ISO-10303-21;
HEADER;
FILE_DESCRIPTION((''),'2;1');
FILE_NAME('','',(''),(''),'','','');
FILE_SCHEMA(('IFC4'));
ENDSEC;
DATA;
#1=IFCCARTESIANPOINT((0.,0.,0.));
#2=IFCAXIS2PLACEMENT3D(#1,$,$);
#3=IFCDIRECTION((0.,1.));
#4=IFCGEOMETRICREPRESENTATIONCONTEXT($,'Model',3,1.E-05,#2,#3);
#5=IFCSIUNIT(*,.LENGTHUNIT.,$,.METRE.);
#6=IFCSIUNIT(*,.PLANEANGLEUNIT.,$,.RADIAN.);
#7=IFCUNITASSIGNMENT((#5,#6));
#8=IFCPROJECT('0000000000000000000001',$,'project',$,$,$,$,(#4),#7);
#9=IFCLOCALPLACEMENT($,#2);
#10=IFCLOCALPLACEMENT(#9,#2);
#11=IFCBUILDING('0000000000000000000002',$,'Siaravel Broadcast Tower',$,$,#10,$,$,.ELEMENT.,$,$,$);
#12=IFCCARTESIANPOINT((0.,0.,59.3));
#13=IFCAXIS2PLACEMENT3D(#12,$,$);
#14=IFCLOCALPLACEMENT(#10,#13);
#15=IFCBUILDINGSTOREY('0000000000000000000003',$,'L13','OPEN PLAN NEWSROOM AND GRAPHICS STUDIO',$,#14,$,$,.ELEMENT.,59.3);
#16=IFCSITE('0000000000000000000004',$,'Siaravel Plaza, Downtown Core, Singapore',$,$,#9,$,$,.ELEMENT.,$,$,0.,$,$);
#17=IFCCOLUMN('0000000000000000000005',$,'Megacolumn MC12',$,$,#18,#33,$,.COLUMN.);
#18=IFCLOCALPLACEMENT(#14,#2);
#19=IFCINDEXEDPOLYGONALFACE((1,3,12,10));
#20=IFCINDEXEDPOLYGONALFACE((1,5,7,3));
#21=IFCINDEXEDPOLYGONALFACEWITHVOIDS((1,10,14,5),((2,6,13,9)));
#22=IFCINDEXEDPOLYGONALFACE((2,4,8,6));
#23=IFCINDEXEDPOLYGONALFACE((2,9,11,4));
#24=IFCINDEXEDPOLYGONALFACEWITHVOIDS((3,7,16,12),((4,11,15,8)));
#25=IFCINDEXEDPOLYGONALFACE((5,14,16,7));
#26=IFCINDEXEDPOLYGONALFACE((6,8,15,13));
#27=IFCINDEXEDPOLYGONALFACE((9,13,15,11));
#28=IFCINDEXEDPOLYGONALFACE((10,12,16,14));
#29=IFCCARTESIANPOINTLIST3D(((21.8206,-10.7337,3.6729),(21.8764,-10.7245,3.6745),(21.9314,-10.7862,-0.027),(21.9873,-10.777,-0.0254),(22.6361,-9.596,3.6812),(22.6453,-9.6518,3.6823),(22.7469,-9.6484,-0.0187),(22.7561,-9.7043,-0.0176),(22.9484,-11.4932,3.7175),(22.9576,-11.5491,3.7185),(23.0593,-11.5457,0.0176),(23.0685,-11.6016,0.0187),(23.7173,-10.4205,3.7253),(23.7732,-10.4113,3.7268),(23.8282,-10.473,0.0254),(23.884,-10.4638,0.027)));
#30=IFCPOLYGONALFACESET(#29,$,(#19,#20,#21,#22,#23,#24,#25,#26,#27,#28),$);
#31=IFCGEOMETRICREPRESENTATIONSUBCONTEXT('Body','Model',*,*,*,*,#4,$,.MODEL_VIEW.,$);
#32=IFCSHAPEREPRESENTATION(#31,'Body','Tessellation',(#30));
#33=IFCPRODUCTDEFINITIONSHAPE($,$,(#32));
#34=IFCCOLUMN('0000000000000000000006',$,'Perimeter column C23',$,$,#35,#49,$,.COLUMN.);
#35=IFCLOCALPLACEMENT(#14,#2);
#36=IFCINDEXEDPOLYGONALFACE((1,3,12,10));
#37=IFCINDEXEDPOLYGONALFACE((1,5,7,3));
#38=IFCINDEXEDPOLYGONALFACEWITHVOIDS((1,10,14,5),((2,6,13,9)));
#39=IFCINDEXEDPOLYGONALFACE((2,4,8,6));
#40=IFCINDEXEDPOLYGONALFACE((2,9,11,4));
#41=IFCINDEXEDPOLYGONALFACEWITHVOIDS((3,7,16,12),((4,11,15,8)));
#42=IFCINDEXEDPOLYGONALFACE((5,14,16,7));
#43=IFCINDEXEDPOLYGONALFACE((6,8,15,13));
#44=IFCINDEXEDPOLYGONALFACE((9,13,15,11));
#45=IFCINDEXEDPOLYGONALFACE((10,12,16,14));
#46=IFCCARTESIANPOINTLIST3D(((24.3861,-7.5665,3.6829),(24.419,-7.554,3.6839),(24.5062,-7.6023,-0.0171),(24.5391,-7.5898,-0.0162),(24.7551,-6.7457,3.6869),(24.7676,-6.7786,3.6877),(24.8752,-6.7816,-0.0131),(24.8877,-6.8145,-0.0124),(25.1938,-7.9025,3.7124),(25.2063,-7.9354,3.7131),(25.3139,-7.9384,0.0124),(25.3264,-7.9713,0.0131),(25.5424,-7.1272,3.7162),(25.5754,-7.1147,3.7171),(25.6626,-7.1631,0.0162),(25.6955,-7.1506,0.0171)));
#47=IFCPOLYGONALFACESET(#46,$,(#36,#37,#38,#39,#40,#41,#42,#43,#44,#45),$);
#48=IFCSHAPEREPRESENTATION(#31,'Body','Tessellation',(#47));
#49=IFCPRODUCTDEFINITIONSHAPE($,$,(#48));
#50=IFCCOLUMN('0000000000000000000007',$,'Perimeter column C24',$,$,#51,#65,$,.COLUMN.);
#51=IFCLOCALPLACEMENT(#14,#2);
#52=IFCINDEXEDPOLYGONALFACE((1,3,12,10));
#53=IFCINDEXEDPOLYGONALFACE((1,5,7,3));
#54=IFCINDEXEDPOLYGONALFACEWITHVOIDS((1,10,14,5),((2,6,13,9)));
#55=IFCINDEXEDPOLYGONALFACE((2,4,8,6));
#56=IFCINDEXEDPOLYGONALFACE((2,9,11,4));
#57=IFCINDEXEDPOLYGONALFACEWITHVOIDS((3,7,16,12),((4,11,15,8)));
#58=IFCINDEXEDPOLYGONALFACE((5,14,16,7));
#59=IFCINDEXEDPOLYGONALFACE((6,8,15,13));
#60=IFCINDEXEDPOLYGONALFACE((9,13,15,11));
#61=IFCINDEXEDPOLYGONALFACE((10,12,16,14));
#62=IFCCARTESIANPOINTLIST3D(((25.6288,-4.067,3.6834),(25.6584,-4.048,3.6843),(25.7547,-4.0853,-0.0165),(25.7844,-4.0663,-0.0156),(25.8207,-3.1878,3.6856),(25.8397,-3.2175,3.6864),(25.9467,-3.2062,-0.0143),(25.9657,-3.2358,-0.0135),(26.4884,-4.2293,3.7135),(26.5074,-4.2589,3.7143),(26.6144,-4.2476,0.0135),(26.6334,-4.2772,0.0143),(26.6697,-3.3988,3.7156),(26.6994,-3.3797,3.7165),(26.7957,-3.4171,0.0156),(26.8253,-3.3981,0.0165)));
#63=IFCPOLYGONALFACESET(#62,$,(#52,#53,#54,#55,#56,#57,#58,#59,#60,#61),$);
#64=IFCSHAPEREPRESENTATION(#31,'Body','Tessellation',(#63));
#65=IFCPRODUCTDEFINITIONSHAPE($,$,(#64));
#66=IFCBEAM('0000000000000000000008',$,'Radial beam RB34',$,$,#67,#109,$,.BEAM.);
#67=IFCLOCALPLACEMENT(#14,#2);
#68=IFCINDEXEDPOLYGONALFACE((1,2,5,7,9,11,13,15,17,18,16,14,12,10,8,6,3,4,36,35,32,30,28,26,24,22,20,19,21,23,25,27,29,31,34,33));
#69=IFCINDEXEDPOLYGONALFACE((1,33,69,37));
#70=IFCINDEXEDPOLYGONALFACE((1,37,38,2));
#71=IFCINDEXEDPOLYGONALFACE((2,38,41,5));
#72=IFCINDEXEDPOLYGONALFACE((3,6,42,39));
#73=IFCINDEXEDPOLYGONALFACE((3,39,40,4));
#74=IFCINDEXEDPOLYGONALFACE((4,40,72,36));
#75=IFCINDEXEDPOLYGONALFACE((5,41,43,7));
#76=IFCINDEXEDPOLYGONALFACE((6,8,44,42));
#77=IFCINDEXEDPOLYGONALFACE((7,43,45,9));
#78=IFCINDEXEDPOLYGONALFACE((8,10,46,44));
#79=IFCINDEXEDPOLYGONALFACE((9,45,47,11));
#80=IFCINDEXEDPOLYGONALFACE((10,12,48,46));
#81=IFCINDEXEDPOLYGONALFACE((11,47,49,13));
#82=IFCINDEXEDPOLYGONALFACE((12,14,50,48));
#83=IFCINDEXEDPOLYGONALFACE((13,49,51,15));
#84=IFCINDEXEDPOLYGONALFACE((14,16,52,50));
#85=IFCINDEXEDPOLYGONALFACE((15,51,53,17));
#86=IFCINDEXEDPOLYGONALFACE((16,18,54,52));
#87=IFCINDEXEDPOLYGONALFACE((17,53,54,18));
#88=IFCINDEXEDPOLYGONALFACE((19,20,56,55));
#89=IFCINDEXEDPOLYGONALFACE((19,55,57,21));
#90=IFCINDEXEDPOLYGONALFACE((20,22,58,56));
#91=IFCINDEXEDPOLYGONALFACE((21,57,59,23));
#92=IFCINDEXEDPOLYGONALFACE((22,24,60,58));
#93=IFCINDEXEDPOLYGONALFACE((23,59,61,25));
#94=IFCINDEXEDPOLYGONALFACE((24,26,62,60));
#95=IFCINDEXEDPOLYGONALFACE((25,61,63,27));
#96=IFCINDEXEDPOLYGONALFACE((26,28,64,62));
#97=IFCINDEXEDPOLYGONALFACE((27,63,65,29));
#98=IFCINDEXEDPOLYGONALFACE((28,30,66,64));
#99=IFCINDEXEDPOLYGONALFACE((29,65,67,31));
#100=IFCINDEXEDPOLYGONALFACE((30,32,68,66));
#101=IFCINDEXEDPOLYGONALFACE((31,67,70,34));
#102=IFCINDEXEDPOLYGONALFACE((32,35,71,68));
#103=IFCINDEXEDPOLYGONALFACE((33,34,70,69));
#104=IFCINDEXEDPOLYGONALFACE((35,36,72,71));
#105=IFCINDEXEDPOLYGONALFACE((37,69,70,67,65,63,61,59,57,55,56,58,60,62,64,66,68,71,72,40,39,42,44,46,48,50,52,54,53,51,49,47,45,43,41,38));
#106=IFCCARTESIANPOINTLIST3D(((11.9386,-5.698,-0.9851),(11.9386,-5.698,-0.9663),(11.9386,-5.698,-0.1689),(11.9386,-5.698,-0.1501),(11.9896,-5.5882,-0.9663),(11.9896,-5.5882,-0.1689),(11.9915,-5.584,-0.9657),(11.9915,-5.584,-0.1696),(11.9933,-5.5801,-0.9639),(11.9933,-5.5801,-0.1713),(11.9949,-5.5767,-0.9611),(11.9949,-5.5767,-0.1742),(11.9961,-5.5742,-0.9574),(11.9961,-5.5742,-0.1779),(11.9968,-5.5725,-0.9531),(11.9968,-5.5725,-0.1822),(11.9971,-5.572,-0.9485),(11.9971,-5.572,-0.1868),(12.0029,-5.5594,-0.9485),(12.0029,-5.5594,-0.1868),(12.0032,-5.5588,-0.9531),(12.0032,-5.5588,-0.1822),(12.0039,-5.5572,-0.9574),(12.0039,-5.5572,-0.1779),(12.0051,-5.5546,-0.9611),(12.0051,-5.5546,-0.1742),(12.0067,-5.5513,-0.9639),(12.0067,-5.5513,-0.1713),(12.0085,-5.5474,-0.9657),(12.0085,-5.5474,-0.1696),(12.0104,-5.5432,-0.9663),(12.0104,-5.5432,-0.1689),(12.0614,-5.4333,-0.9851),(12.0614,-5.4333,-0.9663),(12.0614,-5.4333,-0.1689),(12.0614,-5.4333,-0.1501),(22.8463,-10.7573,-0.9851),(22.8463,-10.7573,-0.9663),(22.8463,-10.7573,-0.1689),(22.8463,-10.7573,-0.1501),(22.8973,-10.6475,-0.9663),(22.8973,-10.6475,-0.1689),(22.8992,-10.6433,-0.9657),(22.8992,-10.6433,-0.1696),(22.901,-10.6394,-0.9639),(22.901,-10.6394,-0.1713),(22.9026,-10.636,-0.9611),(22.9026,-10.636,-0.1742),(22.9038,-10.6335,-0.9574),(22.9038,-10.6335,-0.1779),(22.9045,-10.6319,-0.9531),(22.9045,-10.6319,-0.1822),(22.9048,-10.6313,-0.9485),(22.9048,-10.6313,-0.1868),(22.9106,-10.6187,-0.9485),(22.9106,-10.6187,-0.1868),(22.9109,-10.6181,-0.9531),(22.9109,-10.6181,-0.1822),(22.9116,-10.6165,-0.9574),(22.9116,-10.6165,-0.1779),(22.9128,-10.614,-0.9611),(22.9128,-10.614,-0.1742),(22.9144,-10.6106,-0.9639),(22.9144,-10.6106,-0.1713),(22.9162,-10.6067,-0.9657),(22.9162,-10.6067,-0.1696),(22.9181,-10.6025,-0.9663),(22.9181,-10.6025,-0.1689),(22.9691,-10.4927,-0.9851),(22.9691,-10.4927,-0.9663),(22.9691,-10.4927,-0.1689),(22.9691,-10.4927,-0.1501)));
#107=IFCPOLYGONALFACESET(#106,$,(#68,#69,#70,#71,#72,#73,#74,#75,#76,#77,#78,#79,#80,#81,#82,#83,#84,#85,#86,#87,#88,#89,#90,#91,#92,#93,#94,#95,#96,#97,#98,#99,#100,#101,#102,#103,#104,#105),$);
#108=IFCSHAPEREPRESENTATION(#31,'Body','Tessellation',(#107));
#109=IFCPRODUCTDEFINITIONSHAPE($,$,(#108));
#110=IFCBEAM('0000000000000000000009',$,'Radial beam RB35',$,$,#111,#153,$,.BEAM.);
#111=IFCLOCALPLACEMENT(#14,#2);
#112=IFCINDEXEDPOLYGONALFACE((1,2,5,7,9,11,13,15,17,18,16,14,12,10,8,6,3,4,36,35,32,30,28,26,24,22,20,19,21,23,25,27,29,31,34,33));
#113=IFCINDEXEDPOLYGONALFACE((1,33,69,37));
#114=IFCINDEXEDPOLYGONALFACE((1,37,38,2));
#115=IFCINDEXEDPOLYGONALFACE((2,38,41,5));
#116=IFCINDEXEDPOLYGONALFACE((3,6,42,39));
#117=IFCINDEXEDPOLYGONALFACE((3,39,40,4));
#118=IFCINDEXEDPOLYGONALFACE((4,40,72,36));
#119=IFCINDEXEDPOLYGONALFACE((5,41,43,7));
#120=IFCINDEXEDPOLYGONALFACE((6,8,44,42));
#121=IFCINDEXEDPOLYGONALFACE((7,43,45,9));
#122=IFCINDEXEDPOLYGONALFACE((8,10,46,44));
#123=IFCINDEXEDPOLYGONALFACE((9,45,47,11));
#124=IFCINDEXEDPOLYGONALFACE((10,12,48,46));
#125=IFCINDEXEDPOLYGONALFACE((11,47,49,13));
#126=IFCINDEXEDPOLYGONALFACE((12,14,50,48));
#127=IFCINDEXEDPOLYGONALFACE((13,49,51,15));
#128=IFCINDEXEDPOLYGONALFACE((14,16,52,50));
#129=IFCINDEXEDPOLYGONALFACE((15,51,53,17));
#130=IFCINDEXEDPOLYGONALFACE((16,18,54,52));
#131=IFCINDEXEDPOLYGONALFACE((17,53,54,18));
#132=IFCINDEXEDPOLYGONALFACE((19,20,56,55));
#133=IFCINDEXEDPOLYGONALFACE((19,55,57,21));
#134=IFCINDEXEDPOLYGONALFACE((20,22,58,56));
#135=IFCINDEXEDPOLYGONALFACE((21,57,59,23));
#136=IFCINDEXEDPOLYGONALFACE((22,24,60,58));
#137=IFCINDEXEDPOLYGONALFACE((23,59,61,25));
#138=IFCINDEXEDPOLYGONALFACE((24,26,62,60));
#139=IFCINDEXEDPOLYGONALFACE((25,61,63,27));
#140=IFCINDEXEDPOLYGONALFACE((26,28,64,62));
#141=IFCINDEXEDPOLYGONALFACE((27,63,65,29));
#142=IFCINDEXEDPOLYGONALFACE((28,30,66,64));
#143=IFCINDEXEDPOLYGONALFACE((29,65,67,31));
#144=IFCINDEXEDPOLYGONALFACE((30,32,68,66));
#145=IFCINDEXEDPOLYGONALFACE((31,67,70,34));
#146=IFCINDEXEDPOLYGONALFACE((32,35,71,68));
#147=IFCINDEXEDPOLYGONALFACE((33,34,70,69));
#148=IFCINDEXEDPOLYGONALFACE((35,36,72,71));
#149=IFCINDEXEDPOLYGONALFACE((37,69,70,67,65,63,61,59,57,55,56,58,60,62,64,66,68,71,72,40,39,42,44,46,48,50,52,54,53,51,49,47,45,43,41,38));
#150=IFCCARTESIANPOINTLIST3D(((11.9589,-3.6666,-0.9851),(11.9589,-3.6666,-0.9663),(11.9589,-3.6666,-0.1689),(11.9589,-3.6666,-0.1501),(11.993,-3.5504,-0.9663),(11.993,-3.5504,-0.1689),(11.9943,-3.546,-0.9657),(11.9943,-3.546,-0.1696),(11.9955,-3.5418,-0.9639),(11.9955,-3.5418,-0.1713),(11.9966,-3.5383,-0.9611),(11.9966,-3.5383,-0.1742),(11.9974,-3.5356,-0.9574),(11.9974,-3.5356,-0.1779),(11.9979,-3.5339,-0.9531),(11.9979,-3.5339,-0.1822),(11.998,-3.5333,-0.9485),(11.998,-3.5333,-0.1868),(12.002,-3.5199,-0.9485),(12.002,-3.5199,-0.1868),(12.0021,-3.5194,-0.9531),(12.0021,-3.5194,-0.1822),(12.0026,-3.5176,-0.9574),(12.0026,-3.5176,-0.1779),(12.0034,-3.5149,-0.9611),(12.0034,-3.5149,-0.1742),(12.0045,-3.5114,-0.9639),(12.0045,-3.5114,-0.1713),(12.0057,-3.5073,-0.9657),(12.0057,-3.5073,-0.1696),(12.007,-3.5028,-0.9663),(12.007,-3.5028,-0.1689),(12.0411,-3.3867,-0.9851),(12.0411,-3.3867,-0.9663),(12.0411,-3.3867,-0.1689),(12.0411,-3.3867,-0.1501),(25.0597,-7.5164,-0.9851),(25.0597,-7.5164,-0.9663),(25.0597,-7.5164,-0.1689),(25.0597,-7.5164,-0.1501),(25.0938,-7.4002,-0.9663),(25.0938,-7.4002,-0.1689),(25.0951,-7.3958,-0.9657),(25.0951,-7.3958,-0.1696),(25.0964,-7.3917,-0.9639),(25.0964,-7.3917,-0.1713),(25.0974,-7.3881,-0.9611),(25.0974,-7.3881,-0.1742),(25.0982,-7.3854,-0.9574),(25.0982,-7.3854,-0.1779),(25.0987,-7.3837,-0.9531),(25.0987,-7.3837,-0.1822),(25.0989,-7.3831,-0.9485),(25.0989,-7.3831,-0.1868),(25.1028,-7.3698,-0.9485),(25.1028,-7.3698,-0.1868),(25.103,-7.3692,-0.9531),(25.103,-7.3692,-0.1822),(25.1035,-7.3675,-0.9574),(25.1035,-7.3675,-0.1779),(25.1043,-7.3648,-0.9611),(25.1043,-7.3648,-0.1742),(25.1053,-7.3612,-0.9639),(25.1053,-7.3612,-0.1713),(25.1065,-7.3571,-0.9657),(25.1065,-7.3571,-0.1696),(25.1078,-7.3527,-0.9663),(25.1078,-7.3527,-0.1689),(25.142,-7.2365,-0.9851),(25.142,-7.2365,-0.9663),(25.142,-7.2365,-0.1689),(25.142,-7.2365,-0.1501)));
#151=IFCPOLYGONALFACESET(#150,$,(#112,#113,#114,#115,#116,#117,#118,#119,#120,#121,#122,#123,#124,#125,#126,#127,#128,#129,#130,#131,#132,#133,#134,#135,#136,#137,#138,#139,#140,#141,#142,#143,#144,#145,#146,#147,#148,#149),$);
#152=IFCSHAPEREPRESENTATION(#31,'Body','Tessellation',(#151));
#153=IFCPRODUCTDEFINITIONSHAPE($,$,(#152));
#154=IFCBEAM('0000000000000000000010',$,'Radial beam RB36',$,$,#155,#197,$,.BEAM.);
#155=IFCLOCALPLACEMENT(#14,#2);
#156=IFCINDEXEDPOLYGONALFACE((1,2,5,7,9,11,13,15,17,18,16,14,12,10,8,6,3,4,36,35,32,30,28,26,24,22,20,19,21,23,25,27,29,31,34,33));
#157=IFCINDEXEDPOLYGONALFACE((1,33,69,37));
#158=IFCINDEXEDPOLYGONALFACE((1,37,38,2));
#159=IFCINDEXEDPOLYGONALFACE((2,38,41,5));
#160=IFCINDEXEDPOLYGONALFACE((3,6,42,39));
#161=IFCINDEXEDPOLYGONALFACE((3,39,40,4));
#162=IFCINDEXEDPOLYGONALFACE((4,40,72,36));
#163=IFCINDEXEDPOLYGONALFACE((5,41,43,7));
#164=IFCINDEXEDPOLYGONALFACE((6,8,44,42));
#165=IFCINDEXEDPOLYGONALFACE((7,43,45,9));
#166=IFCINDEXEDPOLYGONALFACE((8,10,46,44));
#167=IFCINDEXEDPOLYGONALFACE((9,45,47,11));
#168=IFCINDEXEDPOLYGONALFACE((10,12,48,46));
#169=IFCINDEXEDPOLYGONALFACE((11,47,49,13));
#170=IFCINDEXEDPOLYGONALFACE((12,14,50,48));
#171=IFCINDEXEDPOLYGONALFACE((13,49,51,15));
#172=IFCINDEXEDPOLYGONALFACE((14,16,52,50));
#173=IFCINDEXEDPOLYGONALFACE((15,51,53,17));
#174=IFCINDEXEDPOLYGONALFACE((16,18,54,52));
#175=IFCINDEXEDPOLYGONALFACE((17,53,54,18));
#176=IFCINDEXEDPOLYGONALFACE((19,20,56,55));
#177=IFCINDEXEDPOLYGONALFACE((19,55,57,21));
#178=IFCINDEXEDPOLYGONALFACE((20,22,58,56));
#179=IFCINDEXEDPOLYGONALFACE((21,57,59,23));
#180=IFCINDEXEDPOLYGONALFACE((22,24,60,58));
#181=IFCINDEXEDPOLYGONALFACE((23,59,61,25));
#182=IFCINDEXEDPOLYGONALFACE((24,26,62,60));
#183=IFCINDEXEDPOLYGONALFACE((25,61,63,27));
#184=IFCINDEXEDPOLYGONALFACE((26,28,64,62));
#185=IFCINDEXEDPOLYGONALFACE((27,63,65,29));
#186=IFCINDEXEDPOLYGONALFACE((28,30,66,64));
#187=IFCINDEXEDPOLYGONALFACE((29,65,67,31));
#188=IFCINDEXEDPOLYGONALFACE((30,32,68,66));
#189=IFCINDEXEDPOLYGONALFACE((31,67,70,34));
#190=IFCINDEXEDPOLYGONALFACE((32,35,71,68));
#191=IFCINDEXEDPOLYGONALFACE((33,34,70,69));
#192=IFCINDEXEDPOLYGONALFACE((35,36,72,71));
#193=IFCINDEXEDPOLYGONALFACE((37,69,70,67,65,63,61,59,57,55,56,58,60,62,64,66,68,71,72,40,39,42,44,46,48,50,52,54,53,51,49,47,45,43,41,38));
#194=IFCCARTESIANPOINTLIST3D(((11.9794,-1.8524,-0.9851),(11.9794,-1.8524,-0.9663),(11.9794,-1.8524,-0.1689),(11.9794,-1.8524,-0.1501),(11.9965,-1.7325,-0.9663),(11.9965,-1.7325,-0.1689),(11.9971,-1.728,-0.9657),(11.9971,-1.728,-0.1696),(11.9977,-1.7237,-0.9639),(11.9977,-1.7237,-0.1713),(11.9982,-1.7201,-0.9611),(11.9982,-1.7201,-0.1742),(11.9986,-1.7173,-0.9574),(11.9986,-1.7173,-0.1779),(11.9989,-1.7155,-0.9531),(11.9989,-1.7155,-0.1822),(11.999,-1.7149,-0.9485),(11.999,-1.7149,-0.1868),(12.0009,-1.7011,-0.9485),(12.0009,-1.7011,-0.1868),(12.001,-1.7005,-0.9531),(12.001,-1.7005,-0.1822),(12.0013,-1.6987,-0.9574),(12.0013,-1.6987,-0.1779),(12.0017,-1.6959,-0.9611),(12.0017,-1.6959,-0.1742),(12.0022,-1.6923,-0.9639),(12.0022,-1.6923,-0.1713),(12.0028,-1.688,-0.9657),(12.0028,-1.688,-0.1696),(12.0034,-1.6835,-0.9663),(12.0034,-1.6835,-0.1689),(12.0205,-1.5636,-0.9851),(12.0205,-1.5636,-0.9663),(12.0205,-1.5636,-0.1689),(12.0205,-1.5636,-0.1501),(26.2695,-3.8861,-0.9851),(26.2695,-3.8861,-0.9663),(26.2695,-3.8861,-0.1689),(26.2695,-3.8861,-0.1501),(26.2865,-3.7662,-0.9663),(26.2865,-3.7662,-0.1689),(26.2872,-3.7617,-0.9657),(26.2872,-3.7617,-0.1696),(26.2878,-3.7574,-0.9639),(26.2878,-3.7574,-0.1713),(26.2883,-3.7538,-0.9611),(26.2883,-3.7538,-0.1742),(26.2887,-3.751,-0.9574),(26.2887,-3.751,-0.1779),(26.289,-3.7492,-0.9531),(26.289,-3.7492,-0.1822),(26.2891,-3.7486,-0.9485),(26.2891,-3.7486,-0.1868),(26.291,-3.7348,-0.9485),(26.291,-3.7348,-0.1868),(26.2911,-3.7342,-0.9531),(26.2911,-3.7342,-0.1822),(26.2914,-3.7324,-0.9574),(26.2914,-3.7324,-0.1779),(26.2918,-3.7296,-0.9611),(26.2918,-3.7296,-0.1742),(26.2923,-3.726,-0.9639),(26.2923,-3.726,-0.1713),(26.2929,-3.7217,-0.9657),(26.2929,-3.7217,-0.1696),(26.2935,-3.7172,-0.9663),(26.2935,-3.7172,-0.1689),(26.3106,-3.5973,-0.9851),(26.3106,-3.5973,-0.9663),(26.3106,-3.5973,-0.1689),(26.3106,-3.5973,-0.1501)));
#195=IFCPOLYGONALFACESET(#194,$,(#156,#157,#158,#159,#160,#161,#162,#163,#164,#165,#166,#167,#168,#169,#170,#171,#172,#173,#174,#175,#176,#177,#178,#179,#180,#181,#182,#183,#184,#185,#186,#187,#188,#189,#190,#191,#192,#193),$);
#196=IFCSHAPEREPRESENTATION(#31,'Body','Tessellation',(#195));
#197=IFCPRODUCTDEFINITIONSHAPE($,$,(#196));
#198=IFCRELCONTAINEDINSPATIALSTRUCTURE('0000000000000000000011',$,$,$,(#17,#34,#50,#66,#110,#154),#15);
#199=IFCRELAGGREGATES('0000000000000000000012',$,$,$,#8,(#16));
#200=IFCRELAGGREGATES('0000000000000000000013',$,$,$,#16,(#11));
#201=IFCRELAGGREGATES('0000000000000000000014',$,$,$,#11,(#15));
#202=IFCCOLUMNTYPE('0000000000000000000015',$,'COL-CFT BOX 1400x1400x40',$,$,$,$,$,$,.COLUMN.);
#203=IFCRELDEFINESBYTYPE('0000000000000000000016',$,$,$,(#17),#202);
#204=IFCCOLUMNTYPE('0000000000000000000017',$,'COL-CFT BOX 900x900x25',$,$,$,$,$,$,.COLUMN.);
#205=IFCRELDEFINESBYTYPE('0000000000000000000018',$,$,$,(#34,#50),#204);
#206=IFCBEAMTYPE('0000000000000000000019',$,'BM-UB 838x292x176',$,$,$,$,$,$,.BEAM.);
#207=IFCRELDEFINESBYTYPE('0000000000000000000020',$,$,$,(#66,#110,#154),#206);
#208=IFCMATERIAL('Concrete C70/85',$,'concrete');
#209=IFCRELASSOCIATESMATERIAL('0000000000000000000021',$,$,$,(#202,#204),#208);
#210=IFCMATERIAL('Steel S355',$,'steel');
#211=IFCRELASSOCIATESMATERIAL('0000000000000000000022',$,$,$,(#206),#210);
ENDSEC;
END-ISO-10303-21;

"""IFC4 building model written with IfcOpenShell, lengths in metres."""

from ifc_helpers import new_model, si_unit, direction, frame, origin, origin_2d, place, context, subcontext, project, spatial, hollow_rectangle, i_section, extrude, material, material_profile, profile_set, type_object, element, save


model = new_model("IFC4")

# Units and contexts
model_context = context("Model", 3, precision=1e-05, world=origin(), true_north=direction((0.0, 1.0)))
body_context = subcontext(model_context, "Body", "Model", "MODEL_VIEW")
ifc_project = project(units=[si_unit("LENGTHUNIT", "METRE"), si_unit("PLANEANGLEUNIT", "RADIAN")], contexts=[model_context])

# Site, building, storey
site_placement = place(None, origin())
site = spatial("IfcSite", under=ifc_project, at=site_placement, Name="Siaravel Plaza, Downtown Core, Singapore", CompositionType="ELEMENT", RefElevation=0.0)
building_placement = place(site_placement, origin())
building = spatial("IfcBuilding", under=site, at=building_placement, Name="Siaravel Broadcast Tower", CompositionType="ELEMENT")
storey_placement = place(building_placement, frame((0.0, 0.0, 59.3)))
storey = spatial("IfcBuildingStorey", under=building, at=storey_placement, Name="L13", Description="OPEN PLAN NEWSROOM AND GRAPHICS STUDIO", CompositionType="ELEMENT", Elevation=59.3)

# Columns
ifc_material_1 = material(Name="Concrete C70/85", Category="concrete")
ifc_material_profile_1 = material_profile(ifc_material_1, hollow_rectangle(XDim=1.3999, YDim=1.3999, WallThickness=0.04, at=origin_2d()))
ifc_profile_set_1 = profile_set([ifc_material_profile_1], Name="Concrete C70/85")
column_type_1 = type_object("IfcColumnType", Name="COL-CFT BOX 1400x1400x40", PredefinedType="COLUMN", material=ifc_profile_set_1)
column_placement = place(storey_placement, frame((22.9077, -10.625, 0.0), z_axis=(-0.029941, 0.014179, 0.999451), x_axis=(-0.582556, -0.812769, -0.005921)))
element("IfcColumn", 1, at=column_placement, inside=storey, type_object=column_type_1, Name="Megacolumn MC12", PredefinedType="COLUMN", context=body_context, shape_type="SweptSolid", body=[
    extrude(hollow_rectangle(XDim=1.3999, YDim=1.3999, WallThickness=0.04, at=origin_2d()), origin(), (0.0, 0.0, 1.0), 3.7019),
])
ifc_material_profile_2 = material_profile(ifc_material_1, hollow_rectangle(XDim=0.8999, YDim=0.8999, WallThickness=0.0249, at=origin_2d()))
ifc_profile_set_2 = profile_set([ifc_material_profile_2], Name="Concrete C70/85")
column_type_2 = type_object("IfcColumnType", Name="COL-CFT BOX 900x900x25", PredefinedType="COLUMN", material=ifc_profile_set_2)
for number, where, z_axis, x_axis, name in (
    (2, (25.1008, -7.3765, 0.0), (-0.032446, 0.009694, 0.999426), (-0.410107, -0.912026, -0.004467), "Perimeter column C23"),
    (3, (26.29, -3.7417, 0.0), (-0.034028, 0.004946, 0.999409), (-0.213295, -0.976985, -0.002427), "Perimeter column C24"),
):
    element("IfcColumn", number, at=place(storey_placement, frame(where, z_axis=z_axis, x_axis=x_axis)), inside=storey, type_object=column_type_2, Name=name, PredefinedType="COLUMN", context=body_context, shape_type="SweptSolid", body=[
        extrude(hollow_rectangle(XDim=0.8999, YDim=0.8999, WallThickness=0.0249, at=origin_2d()), origin(), (0.0, 0.0, 1.0), 3.7021),
    ])

# Beams
ifc_material_2 = material(Name="Steel S355", Category="steel")
ifc_material_profile_3 = material_profile(ifc_material_2, i_section(OverallWidth=0.2917, OverallDepth=0.835, WebThickness=0.0139, FlangeThickness=0.0188, FilletRadius=0.0178, at=origin_2d()))
ifc_profile_set_3 = profile_set([ifc_material_profile_3], Name="Steel S355")
beam_type = type_object("IfcBeamType", Name="BM-UB 838x292x176", PredefinedType="BEAM", material=ifc_profile_set_3)
beam_1_placement = place(storey_placement, frame((22.9077, -10.625, -0.5676), z_axis=(-0.907167, 0.420771, 0.0), x_axis=(-0.420771, -0.907167, 0.0)))
element("IfcBeam", 4, at=beam_1_placement, inside=storey, type_object=beam_type, Name="Radial beam RB34", PredefinedType="BEAM", context=body_context, shape_type="SweptSolid", body=[
    extrude(i_section(OverallWidth=0.2917, OverallDepth=0.835, WebThickness=0.0139, FlangeThickness=0.0188, FilletRadius=0.0178, at=origin_2d()), origin(), (0.0, 0.0, 1.0), 12.0239),
])
beam_2_placement = place(storey_placement, frame((25.1008, -7.3765, -0.5676), z_axis=(-0.959432, 0.281942, 0.0), x_axis=(-0.281942, -0.959432, 0.0)))
element("IfcBeam", 5, at=beam_2_placement, inside=storey, type_object=beam_type, Name="Radial beam RB35", PredefinedType="BEAM", context=body_context, shape_type="SweptSolid", body=[
    extrude(i_section(OverallWidth=0.2917, OverallDepth=0.835, WebThickness=0.0139, FlangeThickness=0.0188, FilletRadius=0.0178, at=origin_2d()), origin(), (0.0, 0.0, 1.0), 13.6548),
])
beam_3_placement = place(storey_placement, frame((26.29, -3.7417, -0.5676), z_axis=(-0.990024, 0.140896, 0.0), x_axis=(-0.140896, -0.990024, 0.0)))
element("IfcBeam", 6, at=beam_3_placement, inside=storey, type_object=beam_type, Name="Radial beam RB36", PredefinedType="BEAM", context=body_context, shape_type="SweptSolid", body=[
    extrude(i_section(OverallWidth=0.2917, OverallDepth=0.835, WebThickness=0.0139, FlangeThickness=0.0188, FilletRadius=0.0178, at=origin_2d()), origin(), (0.0, 0.0, 1.0), 14.4341),
])

save(model, "model.ifc")
